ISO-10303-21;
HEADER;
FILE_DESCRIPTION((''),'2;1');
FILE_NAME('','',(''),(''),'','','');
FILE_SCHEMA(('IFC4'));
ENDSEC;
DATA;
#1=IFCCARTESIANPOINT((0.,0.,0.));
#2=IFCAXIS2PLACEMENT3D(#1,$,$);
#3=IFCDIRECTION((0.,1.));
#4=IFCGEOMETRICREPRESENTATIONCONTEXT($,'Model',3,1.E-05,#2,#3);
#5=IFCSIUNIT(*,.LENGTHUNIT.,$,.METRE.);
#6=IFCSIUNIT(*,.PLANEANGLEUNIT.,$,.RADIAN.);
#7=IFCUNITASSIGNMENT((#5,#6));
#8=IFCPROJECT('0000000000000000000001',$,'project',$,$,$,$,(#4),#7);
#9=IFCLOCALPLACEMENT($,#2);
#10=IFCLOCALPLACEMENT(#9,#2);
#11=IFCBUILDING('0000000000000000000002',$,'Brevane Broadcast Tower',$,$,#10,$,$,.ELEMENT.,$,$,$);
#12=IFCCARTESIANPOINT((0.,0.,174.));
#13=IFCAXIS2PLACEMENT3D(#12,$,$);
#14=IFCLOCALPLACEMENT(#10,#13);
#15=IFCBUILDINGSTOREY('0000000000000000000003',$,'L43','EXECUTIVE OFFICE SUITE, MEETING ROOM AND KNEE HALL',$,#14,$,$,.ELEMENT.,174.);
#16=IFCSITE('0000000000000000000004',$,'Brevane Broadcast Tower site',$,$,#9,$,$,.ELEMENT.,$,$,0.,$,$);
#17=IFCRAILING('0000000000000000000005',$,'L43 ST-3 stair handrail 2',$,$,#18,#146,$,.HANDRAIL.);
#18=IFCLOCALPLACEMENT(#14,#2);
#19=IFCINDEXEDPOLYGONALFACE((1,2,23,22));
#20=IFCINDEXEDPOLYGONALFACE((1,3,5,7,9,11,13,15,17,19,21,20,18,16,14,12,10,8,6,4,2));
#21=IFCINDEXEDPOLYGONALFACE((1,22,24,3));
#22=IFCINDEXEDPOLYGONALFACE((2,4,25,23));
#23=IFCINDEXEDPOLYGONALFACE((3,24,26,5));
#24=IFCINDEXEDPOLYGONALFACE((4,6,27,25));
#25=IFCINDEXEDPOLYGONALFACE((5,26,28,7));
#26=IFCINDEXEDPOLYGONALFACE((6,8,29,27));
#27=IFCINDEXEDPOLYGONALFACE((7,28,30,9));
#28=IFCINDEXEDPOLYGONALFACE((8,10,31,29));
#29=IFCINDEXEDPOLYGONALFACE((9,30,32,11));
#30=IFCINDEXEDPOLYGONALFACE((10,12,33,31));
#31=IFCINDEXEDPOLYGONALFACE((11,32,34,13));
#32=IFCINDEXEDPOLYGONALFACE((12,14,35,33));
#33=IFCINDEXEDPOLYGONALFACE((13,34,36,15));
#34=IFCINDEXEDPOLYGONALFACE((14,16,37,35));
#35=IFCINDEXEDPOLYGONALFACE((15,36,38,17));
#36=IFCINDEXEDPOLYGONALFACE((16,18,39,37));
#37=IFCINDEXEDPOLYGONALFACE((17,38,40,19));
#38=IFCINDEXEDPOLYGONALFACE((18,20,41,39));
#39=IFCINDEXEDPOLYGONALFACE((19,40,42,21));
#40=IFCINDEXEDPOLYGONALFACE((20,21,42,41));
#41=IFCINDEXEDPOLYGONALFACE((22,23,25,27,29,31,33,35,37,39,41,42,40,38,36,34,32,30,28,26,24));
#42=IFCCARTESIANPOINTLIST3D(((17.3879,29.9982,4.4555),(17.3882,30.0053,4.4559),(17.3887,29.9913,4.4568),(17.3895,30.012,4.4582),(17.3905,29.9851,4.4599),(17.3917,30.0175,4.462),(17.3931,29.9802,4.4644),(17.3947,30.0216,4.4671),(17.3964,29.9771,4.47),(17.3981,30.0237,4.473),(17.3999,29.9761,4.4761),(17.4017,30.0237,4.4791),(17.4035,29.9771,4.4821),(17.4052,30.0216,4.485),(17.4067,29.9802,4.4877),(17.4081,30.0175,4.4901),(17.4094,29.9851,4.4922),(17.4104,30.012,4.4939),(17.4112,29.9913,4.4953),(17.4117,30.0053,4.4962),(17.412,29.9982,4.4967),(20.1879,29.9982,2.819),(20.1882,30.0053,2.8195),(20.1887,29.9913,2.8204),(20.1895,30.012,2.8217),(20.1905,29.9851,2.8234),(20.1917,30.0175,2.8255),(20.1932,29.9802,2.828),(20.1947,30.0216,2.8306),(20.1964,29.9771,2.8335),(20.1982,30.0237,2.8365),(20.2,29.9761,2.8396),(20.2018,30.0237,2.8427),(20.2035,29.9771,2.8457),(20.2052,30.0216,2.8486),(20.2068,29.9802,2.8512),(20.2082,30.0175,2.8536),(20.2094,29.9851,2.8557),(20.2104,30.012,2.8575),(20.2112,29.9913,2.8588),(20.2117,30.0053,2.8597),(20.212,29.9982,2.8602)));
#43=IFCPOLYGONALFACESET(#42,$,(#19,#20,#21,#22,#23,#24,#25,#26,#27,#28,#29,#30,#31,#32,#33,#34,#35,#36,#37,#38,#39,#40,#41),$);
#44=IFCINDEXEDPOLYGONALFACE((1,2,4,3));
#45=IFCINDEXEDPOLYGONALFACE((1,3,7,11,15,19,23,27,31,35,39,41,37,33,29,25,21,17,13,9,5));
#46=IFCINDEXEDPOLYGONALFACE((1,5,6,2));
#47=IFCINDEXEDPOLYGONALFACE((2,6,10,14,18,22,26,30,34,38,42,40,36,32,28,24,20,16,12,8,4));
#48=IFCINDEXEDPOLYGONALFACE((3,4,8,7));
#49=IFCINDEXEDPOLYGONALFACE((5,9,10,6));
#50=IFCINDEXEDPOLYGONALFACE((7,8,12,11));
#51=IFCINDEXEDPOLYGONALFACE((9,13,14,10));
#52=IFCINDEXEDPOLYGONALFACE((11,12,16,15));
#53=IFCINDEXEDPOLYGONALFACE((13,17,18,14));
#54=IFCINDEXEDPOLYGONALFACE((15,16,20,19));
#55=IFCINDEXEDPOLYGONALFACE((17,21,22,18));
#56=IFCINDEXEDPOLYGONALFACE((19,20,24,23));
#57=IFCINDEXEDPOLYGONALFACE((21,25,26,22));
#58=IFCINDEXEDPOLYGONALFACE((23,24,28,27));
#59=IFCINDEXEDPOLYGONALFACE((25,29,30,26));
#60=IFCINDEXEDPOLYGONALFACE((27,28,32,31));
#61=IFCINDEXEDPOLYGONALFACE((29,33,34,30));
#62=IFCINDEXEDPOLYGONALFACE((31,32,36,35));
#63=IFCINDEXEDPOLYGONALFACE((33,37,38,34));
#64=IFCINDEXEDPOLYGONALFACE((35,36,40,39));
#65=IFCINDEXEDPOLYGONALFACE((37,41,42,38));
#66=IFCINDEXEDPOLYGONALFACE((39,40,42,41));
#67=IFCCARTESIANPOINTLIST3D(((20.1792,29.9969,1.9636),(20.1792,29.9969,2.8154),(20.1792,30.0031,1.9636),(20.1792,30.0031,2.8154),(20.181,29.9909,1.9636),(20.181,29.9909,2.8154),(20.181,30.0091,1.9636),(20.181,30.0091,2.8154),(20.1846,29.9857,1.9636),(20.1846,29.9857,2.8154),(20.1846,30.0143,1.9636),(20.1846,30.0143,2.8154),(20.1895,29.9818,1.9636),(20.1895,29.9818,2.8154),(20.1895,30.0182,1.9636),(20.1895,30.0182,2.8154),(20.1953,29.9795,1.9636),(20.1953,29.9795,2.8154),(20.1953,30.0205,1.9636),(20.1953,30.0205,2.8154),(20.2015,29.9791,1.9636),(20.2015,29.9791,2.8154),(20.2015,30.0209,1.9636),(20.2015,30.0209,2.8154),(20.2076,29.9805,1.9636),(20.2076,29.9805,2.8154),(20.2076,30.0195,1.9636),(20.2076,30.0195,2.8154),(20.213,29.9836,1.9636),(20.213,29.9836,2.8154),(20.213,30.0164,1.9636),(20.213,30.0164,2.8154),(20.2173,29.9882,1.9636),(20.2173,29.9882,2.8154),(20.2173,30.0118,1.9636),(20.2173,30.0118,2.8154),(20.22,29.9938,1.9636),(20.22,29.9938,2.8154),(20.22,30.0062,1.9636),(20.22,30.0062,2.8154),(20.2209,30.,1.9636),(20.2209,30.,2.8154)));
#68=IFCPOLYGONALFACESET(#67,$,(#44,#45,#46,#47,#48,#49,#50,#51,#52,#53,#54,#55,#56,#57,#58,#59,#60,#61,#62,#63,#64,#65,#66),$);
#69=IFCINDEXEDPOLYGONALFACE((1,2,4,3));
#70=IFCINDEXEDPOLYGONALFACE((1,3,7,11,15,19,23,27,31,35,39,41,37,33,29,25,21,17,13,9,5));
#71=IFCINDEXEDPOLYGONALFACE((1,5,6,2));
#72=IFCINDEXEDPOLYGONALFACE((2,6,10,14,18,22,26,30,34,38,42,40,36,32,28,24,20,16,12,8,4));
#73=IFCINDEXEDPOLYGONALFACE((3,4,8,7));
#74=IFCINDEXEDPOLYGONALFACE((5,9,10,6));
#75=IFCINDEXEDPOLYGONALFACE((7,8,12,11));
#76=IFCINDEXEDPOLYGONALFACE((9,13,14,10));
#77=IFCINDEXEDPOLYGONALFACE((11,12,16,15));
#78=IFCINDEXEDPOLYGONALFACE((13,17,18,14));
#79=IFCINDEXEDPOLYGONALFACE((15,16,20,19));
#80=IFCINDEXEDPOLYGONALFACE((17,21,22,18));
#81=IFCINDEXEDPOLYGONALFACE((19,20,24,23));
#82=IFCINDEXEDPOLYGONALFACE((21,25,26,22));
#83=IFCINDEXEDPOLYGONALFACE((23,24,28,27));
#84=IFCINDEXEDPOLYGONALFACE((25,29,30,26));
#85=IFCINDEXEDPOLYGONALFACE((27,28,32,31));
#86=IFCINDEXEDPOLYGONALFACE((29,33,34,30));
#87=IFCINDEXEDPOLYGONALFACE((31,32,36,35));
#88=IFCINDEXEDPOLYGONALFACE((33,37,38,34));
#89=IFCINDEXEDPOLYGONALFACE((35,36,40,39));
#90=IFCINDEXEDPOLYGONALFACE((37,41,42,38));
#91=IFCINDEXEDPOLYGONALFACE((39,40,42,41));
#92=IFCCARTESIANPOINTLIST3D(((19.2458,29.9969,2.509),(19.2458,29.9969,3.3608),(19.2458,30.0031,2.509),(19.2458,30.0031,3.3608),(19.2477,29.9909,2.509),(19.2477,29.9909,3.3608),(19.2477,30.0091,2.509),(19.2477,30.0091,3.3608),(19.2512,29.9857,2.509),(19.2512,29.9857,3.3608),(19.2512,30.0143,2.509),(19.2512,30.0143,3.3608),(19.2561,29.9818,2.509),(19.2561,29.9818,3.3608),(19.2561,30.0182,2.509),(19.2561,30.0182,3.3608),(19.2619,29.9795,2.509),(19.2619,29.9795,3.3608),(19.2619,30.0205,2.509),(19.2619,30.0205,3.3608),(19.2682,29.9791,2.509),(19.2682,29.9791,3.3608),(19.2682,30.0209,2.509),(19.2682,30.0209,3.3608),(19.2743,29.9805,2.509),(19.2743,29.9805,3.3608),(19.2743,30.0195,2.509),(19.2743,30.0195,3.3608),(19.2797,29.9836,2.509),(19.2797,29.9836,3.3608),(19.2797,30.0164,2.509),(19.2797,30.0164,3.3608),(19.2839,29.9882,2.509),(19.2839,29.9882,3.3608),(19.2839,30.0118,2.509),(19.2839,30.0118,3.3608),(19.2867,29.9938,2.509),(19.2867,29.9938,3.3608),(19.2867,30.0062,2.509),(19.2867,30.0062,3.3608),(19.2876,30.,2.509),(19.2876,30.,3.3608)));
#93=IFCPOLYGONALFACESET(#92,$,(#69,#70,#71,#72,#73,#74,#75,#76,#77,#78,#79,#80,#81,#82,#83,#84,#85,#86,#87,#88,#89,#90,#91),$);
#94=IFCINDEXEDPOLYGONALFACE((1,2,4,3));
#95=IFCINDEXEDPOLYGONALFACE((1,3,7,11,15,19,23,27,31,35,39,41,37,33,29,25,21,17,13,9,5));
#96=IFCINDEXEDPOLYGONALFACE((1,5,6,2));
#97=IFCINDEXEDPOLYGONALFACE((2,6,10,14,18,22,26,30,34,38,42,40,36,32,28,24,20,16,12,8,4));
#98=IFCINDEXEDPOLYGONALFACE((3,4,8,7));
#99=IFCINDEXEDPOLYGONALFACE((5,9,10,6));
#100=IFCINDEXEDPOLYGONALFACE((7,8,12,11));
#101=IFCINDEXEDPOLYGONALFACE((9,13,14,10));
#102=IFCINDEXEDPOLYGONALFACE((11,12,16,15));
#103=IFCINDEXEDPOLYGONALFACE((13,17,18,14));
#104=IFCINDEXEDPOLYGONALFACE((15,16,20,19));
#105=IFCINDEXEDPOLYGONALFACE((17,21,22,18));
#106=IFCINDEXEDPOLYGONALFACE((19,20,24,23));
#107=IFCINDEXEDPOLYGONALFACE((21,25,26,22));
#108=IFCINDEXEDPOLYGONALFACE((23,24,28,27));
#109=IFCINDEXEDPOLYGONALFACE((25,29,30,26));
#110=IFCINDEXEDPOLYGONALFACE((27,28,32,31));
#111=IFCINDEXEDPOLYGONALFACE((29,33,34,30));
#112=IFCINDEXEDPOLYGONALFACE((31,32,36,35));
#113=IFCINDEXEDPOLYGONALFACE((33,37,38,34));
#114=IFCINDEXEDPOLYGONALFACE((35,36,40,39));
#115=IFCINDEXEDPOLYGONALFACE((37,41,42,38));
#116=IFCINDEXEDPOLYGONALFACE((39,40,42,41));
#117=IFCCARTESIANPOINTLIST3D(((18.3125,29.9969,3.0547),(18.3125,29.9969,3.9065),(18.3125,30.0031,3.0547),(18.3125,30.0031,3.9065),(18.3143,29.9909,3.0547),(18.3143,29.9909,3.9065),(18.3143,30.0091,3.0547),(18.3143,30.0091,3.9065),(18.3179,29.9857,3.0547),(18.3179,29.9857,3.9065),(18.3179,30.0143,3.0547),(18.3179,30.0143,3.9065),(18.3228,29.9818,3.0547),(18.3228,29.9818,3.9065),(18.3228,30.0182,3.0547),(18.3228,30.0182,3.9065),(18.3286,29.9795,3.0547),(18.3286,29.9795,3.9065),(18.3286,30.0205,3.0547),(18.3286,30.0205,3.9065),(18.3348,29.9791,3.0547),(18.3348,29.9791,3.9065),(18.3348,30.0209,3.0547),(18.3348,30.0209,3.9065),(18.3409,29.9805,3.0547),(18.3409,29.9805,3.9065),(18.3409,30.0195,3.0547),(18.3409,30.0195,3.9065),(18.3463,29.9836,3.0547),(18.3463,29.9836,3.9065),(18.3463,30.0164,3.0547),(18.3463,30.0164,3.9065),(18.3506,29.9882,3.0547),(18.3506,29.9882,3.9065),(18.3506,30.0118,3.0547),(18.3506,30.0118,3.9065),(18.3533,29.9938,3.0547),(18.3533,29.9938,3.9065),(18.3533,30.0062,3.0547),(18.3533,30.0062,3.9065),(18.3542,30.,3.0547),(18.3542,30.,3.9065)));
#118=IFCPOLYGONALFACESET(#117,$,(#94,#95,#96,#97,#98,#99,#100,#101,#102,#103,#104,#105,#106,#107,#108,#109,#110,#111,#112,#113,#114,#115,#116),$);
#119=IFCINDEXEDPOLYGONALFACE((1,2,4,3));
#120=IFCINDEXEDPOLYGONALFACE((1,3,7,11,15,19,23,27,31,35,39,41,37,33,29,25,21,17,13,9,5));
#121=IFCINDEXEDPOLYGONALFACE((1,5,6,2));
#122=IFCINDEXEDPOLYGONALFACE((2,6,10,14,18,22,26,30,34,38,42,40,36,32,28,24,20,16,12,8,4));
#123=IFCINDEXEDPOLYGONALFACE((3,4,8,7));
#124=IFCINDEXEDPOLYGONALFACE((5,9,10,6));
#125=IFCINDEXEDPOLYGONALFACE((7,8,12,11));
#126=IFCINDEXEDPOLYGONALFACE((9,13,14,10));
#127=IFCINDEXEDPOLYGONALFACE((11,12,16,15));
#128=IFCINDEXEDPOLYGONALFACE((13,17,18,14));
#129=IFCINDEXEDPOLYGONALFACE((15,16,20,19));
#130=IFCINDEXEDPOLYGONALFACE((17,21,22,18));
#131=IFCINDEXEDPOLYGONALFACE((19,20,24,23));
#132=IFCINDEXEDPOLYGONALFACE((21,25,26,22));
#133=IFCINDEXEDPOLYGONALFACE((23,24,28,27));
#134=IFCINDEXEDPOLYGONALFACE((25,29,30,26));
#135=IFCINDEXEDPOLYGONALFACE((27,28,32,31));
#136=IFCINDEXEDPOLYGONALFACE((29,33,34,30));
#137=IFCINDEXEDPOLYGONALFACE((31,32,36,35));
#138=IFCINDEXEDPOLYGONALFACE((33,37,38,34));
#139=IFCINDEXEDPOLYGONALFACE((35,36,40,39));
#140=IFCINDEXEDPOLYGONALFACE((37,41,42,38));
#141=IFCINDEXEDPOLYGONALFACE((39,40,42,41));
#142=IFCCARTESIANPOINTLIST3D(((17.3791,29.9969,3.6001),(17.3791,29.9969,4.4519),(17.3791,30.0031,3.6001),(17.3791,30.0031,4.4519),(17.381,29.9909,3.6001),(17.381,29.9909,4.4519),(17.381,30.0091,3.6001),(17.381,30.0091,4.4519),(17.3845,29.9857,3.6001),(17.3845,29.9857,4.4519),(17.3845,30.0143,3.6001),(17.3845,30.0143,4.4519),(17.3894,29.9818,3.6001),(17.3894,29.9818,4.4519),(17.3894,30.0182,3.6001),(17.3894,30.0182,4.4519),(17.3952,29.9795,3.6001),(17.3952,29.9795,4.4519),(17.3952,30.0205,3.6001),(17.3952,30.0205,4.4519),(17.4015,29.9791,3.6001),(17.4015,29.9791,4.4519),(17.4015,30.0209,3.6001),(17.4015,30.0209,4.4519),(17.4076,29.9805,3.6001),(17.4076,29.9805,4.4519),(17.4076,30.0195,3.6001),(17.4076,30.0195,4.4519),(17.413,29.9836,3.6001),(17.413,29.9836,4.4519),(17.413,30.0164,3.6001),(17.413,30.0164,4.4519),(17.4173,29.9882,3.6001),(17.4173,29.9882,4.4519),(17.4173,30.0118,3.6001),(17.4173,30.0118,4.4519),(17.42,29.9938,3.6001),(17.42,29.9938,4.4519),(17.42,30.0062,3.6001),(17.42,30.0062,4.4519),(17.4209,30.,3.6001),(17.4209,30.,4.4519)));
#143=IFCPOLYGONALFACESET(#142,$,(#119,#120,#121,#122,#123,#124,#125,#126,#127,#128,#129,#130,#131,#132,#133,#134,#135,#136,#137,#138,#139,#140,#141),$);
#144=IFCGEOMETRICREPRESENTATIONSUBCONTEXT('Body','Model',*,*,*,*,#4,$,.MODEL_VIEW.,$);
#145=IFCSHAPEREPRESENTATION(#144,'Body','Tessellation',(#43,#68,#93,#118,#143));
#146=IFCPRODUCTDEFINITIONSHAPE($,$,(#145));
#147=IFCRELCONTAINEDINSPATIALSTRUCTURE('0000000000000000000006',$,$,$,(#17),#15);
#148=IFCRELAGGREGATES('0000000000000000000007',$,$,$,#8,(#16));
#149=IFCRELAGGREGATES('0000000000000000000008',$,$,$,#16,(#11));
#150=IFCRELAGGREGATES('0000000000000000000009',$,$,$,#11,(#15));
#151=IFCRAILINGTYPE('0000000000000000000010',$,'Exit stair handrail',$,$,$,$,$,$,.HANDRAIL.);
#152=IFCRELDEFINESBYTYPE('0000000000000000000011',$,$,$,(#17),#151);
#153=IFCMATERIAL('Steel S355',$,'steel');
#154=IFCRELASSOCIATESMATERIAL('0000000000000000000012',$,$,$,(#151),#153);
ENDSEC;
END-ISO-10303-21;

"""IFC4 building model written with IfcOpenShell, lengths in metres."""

from ifc_helpers import new_model, si_unit, direction, frame, origin, origin_2d, place, context, subcontext, project, spatial, circle, extrude, material, type_object, element, save


model = new_model("IFC4")

# Units and contexts
model_context = context("Model", 3, precision=1e-05, world=origin(), true_north=direction((0.0, 1.0)))
body_context = subcontext(model_context, "Body", "Model", "MODEL_VIEW")
ifc_project = project(units=[si_unit("LENGTHUNIT", "METRE"), si_unit("PLANEANGLEUNIT", "RADIAN")], contexts=[model_context])

# Site, building, storey
site_placement = place(None, origin())
site = spatial("IfcSite", under=ifc_project, at=site_placement, Name="Brevane Broadcast Tower site", CompositionType="ELEMENT", RefElevation=0.0)
building_placement = place(site_placement, origin())
building = spatial("IfcBuilding", under=site, at=building_placement, Name="Brevane Broadcast Tower", CompositionType="ELEMENT")
storey_placement = place(building_placement, frame((0.0, 0.0, 174.0)))
storey = spatial("IfcBuildingStorey", under=building, at=storey_placement, Name="L43", Description="EXECUTIVE OFFICE SUITE, MEETING ROOM AND KNEE HALL", CompositionType="ELEMENT", Elevation=174.0)

# Railing
ifc_material_1 = material(Name="Steel S355", Category="steel")
railing_type_1 = type_object("IfcRailingType", Name="Exit stair handrail", PredefinedType="HANDRAIL", material=ifc_material_1)
railing_1_placement = place(storey_placement, frame((20.2, 30.0, 1.9636)))
element("IfcRailing", 1, at=railing_1_placement, inside=storey, type_object=railing_type_1, Name="L43 ST-3 stair handrail 2", PredefinedType="HANDRAIL", context=body_context, shape_type="SweptSolid", body=[
    extrude(circle(Radius=0.0239, at=origin_2d()), frame((0.0, 0.0, 0.876), z_axis=(-0.863361, 0.0, 0.504587), x_axis=(0.0, -1.0, 0.0)), (0.0, 0.0, 1.0), 3.2432),
    extrude(circle(Radius=0.021, at=origin_2d()), origin(), (0.0, 0.0, 1.0), 0.8518),
    extrude(circle(Radius=0.021, at=origin_2d()), frame((-0.9333, 0.0, 0.5454)), (0.0, 0.0, 1.0), 0.8518),
    extrude(circle(Radius=0.021, at=origin_2d()), frame((-1.8667, 0.0, 1.0911)), (0.0, 0.0, 1.0), 0.8518),
    extrude(circle(Radius=0.021, at=origin_2d()), frame((-2.8, 0.0, 1.6365)), (0.0, 0.0, 1.0), 0.8518),
])

save(model, "model.ifc")
